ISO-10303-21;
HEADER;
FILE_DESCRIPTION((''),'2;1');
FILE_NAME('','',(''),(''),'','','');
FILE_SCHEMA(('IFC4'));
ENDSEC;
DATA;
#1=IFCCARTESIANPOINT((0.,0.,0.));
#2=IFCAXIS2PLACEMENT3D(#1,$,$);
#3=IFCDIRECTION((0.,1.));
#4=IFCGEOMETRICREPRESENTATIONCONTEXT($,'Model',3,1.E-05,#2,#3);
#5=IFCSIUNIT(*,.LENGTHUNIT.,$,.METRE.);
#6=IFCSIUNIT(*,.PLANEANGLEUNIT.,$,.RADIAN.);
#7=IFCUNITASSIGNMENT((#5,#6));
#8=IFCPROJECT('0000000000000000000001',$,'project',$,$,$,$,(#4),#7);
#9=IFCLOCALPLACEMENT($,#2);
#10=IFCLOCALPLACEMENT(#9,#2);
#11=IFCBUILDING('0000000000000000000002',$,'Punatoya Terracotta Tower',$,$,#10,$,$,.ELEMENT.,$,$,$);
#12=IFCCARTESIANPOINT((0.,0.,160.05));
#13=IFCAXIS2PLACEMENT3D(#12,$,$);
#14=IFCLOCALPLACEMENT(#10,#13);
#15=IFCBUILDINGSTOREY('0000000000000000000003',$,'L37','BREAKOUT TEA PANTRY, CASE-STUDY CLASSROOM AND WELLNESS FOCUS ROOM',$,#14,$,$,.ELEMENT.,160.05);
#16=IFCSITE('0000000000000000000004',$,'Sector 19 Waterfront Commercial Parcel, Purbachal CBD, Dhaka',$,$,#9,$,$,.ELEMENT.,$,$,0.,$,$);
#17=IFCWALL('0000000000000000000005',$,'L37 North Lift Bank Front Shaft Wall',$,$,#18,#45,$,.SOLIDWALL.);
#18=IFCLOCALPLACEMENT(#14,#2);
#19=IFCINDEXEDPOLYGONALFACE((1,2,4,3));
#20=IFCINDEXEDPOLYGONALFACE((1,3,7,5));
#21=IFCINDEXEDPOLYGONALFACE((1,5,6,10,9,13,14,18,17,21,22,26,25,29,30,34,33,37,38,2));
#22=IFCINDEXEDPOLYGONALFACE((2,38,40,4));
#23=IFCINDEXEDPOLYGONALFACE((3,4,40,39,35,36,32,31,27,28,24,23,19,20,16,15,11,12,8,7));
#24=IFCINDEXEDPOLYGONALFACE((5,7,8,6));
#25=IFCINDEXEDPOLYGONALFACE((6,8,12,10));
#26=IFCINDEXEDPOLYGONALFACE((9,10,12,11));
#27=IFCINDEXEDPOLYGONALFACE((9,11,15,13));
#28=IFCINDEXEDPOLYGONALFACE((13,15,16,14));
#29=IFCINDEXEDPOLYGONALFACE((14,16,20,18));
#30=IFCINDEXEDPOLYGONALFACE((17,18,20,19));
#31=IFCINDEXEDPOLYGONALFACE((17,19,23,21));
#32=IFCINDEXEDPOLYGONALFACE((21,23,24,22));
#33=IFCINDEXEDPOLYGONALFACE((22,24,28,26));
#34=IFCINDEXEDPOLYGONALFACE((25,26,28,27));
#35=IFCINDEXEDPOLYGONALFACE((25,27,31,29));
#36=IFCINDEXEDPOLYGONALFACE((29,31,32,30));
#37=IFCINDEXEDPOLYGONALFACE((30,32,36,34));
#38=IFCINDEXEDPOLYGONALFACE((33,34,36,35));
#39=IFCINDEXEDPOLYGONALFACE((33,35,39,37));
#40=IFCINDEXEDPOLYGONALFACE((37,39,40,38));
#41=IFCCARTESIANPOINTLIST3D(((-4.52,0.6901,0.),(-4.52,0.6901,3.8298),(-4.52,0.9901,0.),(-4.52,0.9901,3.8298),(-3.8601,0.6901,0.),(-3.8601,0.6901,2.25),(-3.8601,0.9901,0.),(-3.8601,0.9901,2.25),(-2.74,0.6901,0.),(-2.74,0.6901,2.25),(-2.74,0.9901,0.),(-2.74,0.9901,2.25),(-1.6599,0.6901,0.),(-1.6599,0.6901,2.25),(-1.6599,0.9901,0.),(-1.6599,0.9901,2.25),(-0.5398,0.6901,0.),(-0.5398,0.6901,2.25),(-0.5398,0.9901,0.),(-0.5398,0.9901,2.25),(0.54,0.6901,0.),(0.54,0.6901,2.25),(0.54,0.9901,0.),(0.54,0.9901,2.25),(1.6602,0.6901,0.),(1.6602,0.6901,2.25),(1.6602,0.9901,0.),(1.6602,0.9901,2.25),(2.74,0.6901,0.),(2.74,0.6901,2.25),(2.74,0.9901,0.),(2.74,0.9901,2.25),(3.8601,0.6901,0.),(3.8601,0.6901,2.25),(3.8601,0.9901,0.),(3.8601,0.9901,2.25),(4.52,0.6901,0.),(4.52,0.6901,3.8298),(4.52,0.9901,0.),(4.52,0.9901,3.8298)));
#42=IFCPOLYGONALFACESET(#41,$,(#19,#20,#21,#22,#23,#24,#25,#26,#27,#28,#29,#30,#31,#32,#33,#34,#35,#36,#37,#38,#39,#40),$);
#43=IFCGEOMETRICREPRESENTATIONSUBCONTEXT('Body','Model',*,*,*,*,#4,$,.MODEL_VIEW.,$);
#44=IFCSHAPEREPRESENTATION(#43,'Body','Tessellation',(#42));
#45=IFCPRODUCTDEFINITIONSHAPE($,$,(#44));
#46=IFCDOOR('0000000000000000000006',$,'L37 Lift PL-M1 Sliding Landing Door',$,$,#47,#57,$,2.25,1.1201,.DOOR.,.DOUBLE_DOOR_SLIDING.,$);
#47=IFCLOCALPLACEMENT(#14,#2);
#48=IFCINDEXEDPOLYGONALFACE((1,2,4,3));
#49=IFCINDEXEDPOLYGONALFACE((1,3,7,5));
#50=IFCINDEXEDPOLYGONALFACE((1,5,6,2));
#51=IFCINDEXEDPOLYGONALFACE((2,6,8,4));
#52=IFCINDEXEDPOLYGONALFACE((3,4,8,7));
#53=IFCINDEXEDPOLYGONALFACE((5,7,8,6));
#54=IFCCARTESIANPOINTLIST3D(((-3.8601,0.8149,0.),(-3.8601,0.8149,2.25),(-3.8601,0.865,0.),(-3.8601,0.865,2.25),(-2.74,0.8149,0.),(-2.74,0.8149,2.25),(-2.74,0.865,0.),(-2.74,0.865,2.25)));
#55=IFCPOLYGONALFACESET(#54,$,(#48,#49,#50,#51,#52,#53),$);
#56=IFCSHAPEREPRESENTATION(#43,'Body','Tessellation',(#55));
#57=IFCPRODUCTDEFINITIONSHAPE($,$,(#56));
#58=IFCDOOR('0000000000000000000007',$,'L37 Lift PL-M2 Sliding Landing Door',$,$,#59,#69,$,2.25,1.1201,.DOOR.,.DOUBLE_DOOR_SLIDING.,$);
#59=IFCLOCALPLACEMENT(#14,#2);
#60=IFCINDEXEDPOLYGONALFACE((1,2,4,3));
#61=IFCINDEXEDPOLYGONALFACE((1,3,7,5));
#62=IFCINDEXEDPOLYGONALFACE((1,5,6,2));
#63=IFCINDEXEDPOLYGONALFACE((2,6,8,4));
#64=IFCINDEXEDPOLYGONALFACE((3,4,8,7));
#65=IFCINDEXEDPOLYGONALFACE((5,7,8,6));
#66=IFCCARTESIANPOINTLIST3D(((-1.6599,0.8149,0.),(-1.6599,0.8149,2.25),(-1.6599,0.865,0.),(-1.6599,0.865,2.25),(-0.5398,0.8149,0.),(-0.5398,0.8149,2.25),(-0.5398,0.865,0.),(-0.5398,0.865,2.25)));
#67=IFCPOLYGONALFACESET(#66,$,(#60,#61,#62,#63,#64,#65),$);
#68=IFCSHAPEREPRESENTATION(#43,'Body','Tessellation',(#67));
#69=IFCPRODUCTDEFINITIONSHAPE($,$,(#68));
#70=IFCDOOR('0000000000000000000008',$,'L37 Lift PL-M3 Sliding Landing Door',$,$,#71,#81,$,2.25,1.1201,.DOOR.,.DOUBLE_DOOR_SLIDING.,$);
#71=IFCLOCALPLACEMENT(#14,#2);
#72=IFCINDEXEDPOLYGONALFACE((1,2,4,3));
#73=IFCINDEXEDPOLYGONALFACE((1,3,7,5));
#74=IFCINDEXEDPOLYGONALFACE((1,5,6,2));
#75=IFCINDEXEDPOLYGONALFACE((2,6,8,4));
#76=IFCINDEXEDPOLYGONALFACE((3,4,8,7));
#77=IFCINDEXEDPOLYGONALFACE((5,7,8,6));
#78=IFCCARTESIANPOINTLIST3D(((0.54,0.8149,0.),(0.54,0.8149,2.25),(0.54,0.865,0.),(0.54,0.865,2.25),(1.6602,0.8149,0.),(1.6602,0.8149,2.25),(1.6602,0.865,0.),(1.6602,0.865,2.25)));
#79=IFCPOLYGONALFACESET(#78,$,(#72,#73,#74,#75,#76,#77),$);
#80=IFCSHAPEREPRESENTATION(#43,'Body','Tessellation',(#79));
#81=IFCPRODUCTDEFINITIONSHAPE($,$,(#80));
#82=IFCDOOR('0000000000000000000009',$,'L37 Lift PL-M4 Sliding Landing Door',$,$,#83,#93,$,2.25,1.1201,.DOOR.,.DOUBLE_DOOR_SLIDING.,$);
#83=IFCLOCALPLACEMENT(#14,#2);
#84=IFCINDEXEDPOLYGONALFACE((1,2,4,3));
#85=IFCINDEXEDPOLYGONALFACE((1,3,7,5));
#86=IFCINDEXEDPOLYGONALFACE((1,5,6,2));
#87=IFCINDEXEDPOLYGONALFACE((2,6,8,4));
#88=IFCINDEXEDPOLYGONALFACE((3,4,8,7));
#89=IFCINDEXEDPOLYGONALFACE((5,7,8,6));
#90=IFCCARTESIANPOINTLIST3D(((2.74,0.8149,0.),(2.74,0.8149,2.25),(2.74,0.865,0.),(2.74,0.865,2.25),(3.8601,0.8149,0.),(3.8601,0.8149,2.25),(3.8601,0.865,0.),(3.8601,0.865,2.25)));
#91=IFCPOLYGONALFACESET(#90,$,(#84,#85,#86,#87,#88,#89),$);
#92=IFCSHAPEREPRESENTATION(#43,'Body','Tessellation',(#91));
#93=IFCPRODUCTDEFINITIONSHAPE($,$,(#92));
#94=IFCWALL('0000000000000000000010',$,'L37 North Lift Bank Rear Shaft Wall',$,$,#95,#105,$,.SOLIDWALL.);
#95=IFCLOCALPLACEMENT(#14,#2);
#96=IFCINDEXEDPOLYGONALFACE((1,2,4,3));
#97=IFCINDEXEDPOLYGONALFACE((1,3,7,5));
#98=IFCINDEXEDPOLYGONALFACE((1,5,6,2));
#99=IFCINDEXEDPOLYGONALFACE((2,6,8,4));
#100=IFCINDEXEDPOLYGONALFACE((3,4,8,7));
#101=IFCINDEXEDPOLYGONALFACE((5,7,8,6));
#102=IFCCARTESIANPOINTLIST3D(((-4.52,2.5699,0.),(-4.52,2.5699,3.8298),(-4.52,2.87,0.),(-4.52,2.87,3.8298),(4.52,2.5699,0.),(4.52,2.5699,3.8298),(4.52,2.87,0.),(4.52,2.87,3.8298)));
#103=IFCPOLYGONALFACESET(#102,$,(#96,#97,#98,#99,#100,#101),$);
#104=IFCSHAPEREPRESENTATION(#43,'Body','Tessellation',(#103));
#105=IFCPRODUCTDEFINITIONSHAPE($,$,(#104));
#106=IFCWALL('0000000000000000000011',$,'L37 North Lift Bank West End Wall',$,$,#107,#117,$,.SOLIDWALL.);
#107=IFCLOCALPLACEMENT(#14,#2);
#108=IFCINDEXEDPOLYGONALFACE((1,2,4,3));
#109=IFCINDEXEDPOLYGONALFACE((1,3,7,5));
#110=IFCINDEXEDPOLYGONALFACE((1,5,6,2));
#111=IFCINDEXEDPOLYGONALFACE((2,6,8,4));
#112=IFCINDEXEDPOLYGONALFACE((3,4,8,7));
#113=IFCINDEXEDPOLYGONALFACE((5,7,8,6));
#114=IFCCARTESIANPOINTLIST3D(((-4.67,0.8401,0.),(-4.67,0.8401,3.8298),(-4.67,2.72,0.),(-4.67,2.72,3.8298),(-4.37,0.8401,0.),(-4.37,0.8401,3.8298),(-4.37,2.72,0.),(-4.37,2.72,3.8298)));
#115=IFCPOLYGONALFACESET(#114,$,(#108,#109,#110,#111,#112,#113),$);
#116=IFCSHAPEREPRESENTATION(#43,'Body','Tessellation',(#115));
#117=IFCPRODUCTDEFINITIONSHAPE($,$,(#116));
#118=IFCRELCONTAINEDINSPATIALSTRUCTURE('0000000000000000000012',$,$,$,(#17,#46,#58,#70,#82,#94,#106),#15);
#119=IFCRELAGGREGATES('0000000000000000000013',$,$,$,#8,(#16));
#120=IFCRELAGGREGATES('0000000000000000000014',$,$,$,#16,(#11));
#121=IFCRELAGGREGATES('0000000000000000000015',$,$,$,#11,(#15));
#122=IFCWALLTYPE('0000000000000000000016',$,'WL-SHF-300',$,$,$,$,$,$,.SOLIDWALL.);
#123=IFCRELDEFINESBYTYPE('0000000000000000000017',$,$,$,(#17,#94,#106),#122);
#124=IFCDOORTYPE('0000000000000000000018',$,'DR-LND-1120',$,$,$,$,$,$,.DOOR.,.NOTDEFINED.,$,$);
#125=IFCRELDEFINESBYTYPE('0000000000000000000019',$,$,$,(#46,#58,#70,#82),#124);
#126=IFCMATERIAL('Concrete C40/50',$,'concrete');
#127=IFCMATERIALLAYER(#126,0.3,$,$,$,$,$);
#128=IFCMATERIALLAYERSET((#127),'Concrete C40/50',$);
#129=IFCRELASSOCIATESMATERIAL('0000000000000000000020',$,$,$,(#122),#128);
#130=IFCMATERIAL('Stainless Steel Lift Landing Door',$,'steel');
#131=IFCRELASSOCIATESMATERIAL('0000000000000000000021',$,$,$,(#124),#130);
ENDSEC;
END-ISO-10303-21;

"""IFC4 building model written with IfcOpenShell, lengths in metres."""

from ifc_helpers import new_model, si_unit, direction, frame, frame_2d, origin, place, context, subcontext, project, spatial, rectangle, extrude, material, layer, layer_set, type_object, element, fill, save


model = new_model("IFC4")

# Units and contexts
model_context = context("Model", 3, precision=1e-05, world=origin(), true_north=direction((0.0, 1.0)))
body_context = subcontext(model_context, "Body", "Model", "MODEL_VIEW")
ifc_project = project(units=[si_unit("LENGTHUNIT", "METRE"), si_unit("PLANEANGLEUNIT", "RADIAN")], contexts=[model_context])

# Site, building, storey
site_placement = place(None, origin())
site = spatial("IfcSite", under=ifc_project, at=site_placement, Name="Sector 19 Waterfront Commercial Parcel, Purbachal CBD, Dhaka", CompositionType="ELEMENT", RefElevation=0.0)
building_placement = place(site_placement, origin())
building = spatial("IfcBuilding", under=site, at=building_placement, Name="Punatoya Terracotta Tower", CompositionType="ELEMENT")
storey_placement = place(building_placement, frame((0.0, 0.0, 160.05)))
storey = spatial("IfcBuildingStorey", under=building, at=storey_placement, Name="L37", Description="BREAKOUT TEA PANTRY, CASE-STUDY CLASSROOM AND WELLNESS FOCUS ROOM", CompositionType="ELEMENT", Elevation=160.05)

# Shared definitions
ifc_material_1 = material(Name="Concrete C40/50", Category="concrete")
ifc_layer_1 = layer(ifc_material_1, 0.3)
ifc_layer_set_1 = layer_set([ifc_layer_1], Name="Concrete C40/50")
wall_type_1 = type_object("IfcWallType", Name="WL-SHF-300", PredefinedType="SOLIDWALL", material=ifc_layer_set_1)

# Wall, openings, doors
wall_1_placement = place(storey_placement, frame((-4.52, 0.8401, 0.0), z_axis=(0.0, 0.0, 1.0), x_axis=(1.0, 0.0, 0.0)))
wall_1 = element("IfcWall", 1, at=wall_1_placement, inside=storey, type_object=wall_type_1, Name="L37 North Lift Bank Front Shaft Wall", PredefinedType="SOLIDWALL", context=body_context, shape_type="SweptSolid", body=[
    extrude(rectangle(XDim=9.04, YDim=0.3, at=frame_2d((4.52, 0.0))), origin(), (0.0, 0.0, 1.0), 3.8298),
])
opening_1_placement = place(wall_1_placement, frame((0.6599, 0.0, 0.0)))
opening_1 = element("IfcOpeningElement", 2, at=opening_1_placement, cuts=wall_1, PredefinedType="OPENING", context=body_context, shape_type="SweptSolid", body=[
    extrude(rectangle(XDim=1.1201, YDim=2.25, at=frame_2d((0.5601, 1.125))), frame((0.0, 0.1599, 0.0), z_axis=(0.0, -1.0, 0.0), x_axis=(1.0, 0.0, 0.0)), (0.0, 0.0, 1.0), 0.3201),
])
opening_2_placement = place(wall_1_placement, frame((2.8601, 0.0, 0.0)))
opening_2 = element("IfcOpeningElement", 3, at=opening_2_placement, cuts=wall_1, PredefinedType="OPENING", context=body_context, shape_type="SweptSolid", body=[
    extrude(rectangle(XDim=1.1201, YDim=2.25, at=frame_2d((0.5601, 1.125))), frame((0.0, 0.1599, 0.0), z_axis=(0.0, -1.0, 0.0), x_axis=(1.0, 0.0, 0.0)), (0.0, 0.0, 1.0), 0.3201),
])
opening_3_placement = place(wall_1_placement, frame((5.0601, 0.0, 0.0)))
opening_3 = element("IfcOpeningElement", 4, at=opening_3_placement, cuts=wall_1, PredefinedType="OPENING", context=body_context, shape_type="SweptSolid", body=[
    extrude(rectangle(XDim=1.1201, YDim=2.25, at=frame_2d((0.5601, 1.125))), frame((0.0, 0.1599, 0.0), z_axis=(0.0, -1.0, 0.0), x_axis=(1.0, 0.0, 0.0)), (0.0, 0.0, 1.0), 0.3201),
])
opening_4_placement = place(wall_1_placement, frame((7.26, 0.0, 0.0)))
opening_4 = element("IfcOpeningElement", 5, at=opening_4_placement, cuts=wall_1, PredefinedType="OPENING", context=body_context, shape_type="SweptSolid", body=[
    extrude(rectangle(XDim=1.1201, YDim=2.25, at=frame_2d((0.5601, 1.125))), frame((0.0, 0.1599, 0.0), z_axis=(0.0, -1.0, 0.0), x_axis=(1.0, 0.0, 0.0)), (0.0, 0.0, 1.0), 0.3201),
])
ifc_material_2 = material(Name="Stainless Steel Lift Landing Door", Category="steel")
door_type_1 = type_object("IfcDoorType", Name="DR-LND-1120", OperationType="NOTDEFINED", PredefinedType="DOOR", material=ifc_material_2)
door_1_placement = place(opening_1_placement, origin())
door_1 = element("IfcDoor", 6, at=door_1_placement, inside=storey, type_object=door_type_1, Name="L37 Lift PL-M1 Sliding Landing Door", OperationType="DOUBLE_DOOR_SLIDING", OverallHeight=2.25, OverallWidth=1.1201, PredefinedType="DOOR", context=body_context, shape_type="SweptSolid", body=[
    extrude(rectangle(XDim=1.1201, YDim=2.25, at=frame_2d((0.5601, 1.125))), frame((0.0, 0.0249, 0.0), z_axis=(0.0, -1.0, 0.0), x_axis=(1.0, 0.0, 0.0)), (0.0, 0.0, 1.0), 0.05),
])
fill(opening_1, door_1)
door_2_placement = place(opening_2_placement, origin())
door_2 = element("IfcDoor", 7, at=door_2_placement, inside=storey, type_object=door_type_1, Name="L37 Lift PL-M2 Sliding Landing Door", OperationType="DOUBLE_DOOR_SLIDING", OverallHeight=2.25, OverallWidth=1.1201, PredefinedType="DOOR", context=body_context, shape_type="SweptSolid", body=[
    extrude(rectangle(XDim=1.1201, YDim=2.25, at=frame_2d((0.5601, 1.125))), frame((0.0, 0.0249, 0.0), z_axis=(0.0, -1.0, 0.0), x_axis=(1.0, 0.0, 0.0)), (0.0, 0.0, 1.0), 0.05),
])
fill(opening_2, door_2)
door_3_placement = place(opening_3_placement, origin())
door_3 = element("IfcDoor", 8, at=door_3_placement, inside=storey, type_object=door_type_1, Name="L37 Lift PL-M3 Sliding Landing Door", OperationType="DOUBLE_DOOR_SLIDING", OverallHeight=2.25, OverallWidth=1.1201, PredefinedType="DOOR", context=body_context, shape_type="SweptSolid", body=[
    extrude(rectangle(XDim=1.1201, YDim=2.25, at=frame_2d((0.5601, 1.125))), frame((0.0, 0.0249, 0.0), z_axis=(0.0, -1.0, 0.0), x_axis=(1.0, 0.0, 0.0)), (0.0, 0.0, 1.0), 0.05),
])
fill(opening_3, door_3)
door_4_placement = place(opening_4_placement, origin())
door_4 = element("IfcDoor", 9, at=door_4_placement, inside=storey, type_object=door_type_1, Name="L37 Lift PL-M4 Sliding Landing Door", OperationType="DOUBLE_DOOR_SLIDING", OverallHeight=2.25, OverallWidth=1.1201, PredefinedType="DOOR", context=body_context, shape_type="SweptSolid", body=[
    extrude(rectangle(XDim=1.1201, YDim=2.25, at=frame_2d((0.5601, 1.125))), frame((0.0, 0.0249, 0.0), z_axis=(0.0, -1.0, 0.0), x_axis=(1.0, 0.0, 0.0)), (0.0, 0.0, 1.0), 0.05),
])
fill(opening_4, door_4)

# Walls
wall_2_placement = place(storey_placement, frame((-4.52, 2.72, 0.0), z_axis=(0.0, 0.0, 1.0), x_axis=(1.0, 0.0, 0.0)))
element("IfcWall", 10, at=wall_2_placement, inside=storey, type_object=wall_type_1, Name="L37 North Lift Bank Rear Shaft Wall", PredefinedType="SOLIDWALL", context=body_context, shape_type="SweptSolid", body=[
    extrude(rectangle(XDim=9.04, YDim=0.3, at=frame_2d((4.52, 0.0))), origin(), (0.0, 0.0, 1.0), 3.8298),
])
wall_3_placement = place(storey_placement, frame((-4.52, 0.8401, 0.0), z_axis=(0.0, 0.0, 1.0), x_axis=(0.0, 1.0, 0.0)))
element("IfcWall", 11, at=wall_3_placement, inside=storey, type_object=wall_type_1, Name="L37 North Lift Bank West End Wall", PredefinedType="SOLIDWALL", context=body_context, shape_type="SweptSolid", body=[
    extrude(rectangle(XDim=1.8799, YDim=0.3, at=frame_2d((0.9399, 0.0))), origin(), (0.0, 0.0, 1.0), 3.8298),
])

save(model, "model.ifc")
